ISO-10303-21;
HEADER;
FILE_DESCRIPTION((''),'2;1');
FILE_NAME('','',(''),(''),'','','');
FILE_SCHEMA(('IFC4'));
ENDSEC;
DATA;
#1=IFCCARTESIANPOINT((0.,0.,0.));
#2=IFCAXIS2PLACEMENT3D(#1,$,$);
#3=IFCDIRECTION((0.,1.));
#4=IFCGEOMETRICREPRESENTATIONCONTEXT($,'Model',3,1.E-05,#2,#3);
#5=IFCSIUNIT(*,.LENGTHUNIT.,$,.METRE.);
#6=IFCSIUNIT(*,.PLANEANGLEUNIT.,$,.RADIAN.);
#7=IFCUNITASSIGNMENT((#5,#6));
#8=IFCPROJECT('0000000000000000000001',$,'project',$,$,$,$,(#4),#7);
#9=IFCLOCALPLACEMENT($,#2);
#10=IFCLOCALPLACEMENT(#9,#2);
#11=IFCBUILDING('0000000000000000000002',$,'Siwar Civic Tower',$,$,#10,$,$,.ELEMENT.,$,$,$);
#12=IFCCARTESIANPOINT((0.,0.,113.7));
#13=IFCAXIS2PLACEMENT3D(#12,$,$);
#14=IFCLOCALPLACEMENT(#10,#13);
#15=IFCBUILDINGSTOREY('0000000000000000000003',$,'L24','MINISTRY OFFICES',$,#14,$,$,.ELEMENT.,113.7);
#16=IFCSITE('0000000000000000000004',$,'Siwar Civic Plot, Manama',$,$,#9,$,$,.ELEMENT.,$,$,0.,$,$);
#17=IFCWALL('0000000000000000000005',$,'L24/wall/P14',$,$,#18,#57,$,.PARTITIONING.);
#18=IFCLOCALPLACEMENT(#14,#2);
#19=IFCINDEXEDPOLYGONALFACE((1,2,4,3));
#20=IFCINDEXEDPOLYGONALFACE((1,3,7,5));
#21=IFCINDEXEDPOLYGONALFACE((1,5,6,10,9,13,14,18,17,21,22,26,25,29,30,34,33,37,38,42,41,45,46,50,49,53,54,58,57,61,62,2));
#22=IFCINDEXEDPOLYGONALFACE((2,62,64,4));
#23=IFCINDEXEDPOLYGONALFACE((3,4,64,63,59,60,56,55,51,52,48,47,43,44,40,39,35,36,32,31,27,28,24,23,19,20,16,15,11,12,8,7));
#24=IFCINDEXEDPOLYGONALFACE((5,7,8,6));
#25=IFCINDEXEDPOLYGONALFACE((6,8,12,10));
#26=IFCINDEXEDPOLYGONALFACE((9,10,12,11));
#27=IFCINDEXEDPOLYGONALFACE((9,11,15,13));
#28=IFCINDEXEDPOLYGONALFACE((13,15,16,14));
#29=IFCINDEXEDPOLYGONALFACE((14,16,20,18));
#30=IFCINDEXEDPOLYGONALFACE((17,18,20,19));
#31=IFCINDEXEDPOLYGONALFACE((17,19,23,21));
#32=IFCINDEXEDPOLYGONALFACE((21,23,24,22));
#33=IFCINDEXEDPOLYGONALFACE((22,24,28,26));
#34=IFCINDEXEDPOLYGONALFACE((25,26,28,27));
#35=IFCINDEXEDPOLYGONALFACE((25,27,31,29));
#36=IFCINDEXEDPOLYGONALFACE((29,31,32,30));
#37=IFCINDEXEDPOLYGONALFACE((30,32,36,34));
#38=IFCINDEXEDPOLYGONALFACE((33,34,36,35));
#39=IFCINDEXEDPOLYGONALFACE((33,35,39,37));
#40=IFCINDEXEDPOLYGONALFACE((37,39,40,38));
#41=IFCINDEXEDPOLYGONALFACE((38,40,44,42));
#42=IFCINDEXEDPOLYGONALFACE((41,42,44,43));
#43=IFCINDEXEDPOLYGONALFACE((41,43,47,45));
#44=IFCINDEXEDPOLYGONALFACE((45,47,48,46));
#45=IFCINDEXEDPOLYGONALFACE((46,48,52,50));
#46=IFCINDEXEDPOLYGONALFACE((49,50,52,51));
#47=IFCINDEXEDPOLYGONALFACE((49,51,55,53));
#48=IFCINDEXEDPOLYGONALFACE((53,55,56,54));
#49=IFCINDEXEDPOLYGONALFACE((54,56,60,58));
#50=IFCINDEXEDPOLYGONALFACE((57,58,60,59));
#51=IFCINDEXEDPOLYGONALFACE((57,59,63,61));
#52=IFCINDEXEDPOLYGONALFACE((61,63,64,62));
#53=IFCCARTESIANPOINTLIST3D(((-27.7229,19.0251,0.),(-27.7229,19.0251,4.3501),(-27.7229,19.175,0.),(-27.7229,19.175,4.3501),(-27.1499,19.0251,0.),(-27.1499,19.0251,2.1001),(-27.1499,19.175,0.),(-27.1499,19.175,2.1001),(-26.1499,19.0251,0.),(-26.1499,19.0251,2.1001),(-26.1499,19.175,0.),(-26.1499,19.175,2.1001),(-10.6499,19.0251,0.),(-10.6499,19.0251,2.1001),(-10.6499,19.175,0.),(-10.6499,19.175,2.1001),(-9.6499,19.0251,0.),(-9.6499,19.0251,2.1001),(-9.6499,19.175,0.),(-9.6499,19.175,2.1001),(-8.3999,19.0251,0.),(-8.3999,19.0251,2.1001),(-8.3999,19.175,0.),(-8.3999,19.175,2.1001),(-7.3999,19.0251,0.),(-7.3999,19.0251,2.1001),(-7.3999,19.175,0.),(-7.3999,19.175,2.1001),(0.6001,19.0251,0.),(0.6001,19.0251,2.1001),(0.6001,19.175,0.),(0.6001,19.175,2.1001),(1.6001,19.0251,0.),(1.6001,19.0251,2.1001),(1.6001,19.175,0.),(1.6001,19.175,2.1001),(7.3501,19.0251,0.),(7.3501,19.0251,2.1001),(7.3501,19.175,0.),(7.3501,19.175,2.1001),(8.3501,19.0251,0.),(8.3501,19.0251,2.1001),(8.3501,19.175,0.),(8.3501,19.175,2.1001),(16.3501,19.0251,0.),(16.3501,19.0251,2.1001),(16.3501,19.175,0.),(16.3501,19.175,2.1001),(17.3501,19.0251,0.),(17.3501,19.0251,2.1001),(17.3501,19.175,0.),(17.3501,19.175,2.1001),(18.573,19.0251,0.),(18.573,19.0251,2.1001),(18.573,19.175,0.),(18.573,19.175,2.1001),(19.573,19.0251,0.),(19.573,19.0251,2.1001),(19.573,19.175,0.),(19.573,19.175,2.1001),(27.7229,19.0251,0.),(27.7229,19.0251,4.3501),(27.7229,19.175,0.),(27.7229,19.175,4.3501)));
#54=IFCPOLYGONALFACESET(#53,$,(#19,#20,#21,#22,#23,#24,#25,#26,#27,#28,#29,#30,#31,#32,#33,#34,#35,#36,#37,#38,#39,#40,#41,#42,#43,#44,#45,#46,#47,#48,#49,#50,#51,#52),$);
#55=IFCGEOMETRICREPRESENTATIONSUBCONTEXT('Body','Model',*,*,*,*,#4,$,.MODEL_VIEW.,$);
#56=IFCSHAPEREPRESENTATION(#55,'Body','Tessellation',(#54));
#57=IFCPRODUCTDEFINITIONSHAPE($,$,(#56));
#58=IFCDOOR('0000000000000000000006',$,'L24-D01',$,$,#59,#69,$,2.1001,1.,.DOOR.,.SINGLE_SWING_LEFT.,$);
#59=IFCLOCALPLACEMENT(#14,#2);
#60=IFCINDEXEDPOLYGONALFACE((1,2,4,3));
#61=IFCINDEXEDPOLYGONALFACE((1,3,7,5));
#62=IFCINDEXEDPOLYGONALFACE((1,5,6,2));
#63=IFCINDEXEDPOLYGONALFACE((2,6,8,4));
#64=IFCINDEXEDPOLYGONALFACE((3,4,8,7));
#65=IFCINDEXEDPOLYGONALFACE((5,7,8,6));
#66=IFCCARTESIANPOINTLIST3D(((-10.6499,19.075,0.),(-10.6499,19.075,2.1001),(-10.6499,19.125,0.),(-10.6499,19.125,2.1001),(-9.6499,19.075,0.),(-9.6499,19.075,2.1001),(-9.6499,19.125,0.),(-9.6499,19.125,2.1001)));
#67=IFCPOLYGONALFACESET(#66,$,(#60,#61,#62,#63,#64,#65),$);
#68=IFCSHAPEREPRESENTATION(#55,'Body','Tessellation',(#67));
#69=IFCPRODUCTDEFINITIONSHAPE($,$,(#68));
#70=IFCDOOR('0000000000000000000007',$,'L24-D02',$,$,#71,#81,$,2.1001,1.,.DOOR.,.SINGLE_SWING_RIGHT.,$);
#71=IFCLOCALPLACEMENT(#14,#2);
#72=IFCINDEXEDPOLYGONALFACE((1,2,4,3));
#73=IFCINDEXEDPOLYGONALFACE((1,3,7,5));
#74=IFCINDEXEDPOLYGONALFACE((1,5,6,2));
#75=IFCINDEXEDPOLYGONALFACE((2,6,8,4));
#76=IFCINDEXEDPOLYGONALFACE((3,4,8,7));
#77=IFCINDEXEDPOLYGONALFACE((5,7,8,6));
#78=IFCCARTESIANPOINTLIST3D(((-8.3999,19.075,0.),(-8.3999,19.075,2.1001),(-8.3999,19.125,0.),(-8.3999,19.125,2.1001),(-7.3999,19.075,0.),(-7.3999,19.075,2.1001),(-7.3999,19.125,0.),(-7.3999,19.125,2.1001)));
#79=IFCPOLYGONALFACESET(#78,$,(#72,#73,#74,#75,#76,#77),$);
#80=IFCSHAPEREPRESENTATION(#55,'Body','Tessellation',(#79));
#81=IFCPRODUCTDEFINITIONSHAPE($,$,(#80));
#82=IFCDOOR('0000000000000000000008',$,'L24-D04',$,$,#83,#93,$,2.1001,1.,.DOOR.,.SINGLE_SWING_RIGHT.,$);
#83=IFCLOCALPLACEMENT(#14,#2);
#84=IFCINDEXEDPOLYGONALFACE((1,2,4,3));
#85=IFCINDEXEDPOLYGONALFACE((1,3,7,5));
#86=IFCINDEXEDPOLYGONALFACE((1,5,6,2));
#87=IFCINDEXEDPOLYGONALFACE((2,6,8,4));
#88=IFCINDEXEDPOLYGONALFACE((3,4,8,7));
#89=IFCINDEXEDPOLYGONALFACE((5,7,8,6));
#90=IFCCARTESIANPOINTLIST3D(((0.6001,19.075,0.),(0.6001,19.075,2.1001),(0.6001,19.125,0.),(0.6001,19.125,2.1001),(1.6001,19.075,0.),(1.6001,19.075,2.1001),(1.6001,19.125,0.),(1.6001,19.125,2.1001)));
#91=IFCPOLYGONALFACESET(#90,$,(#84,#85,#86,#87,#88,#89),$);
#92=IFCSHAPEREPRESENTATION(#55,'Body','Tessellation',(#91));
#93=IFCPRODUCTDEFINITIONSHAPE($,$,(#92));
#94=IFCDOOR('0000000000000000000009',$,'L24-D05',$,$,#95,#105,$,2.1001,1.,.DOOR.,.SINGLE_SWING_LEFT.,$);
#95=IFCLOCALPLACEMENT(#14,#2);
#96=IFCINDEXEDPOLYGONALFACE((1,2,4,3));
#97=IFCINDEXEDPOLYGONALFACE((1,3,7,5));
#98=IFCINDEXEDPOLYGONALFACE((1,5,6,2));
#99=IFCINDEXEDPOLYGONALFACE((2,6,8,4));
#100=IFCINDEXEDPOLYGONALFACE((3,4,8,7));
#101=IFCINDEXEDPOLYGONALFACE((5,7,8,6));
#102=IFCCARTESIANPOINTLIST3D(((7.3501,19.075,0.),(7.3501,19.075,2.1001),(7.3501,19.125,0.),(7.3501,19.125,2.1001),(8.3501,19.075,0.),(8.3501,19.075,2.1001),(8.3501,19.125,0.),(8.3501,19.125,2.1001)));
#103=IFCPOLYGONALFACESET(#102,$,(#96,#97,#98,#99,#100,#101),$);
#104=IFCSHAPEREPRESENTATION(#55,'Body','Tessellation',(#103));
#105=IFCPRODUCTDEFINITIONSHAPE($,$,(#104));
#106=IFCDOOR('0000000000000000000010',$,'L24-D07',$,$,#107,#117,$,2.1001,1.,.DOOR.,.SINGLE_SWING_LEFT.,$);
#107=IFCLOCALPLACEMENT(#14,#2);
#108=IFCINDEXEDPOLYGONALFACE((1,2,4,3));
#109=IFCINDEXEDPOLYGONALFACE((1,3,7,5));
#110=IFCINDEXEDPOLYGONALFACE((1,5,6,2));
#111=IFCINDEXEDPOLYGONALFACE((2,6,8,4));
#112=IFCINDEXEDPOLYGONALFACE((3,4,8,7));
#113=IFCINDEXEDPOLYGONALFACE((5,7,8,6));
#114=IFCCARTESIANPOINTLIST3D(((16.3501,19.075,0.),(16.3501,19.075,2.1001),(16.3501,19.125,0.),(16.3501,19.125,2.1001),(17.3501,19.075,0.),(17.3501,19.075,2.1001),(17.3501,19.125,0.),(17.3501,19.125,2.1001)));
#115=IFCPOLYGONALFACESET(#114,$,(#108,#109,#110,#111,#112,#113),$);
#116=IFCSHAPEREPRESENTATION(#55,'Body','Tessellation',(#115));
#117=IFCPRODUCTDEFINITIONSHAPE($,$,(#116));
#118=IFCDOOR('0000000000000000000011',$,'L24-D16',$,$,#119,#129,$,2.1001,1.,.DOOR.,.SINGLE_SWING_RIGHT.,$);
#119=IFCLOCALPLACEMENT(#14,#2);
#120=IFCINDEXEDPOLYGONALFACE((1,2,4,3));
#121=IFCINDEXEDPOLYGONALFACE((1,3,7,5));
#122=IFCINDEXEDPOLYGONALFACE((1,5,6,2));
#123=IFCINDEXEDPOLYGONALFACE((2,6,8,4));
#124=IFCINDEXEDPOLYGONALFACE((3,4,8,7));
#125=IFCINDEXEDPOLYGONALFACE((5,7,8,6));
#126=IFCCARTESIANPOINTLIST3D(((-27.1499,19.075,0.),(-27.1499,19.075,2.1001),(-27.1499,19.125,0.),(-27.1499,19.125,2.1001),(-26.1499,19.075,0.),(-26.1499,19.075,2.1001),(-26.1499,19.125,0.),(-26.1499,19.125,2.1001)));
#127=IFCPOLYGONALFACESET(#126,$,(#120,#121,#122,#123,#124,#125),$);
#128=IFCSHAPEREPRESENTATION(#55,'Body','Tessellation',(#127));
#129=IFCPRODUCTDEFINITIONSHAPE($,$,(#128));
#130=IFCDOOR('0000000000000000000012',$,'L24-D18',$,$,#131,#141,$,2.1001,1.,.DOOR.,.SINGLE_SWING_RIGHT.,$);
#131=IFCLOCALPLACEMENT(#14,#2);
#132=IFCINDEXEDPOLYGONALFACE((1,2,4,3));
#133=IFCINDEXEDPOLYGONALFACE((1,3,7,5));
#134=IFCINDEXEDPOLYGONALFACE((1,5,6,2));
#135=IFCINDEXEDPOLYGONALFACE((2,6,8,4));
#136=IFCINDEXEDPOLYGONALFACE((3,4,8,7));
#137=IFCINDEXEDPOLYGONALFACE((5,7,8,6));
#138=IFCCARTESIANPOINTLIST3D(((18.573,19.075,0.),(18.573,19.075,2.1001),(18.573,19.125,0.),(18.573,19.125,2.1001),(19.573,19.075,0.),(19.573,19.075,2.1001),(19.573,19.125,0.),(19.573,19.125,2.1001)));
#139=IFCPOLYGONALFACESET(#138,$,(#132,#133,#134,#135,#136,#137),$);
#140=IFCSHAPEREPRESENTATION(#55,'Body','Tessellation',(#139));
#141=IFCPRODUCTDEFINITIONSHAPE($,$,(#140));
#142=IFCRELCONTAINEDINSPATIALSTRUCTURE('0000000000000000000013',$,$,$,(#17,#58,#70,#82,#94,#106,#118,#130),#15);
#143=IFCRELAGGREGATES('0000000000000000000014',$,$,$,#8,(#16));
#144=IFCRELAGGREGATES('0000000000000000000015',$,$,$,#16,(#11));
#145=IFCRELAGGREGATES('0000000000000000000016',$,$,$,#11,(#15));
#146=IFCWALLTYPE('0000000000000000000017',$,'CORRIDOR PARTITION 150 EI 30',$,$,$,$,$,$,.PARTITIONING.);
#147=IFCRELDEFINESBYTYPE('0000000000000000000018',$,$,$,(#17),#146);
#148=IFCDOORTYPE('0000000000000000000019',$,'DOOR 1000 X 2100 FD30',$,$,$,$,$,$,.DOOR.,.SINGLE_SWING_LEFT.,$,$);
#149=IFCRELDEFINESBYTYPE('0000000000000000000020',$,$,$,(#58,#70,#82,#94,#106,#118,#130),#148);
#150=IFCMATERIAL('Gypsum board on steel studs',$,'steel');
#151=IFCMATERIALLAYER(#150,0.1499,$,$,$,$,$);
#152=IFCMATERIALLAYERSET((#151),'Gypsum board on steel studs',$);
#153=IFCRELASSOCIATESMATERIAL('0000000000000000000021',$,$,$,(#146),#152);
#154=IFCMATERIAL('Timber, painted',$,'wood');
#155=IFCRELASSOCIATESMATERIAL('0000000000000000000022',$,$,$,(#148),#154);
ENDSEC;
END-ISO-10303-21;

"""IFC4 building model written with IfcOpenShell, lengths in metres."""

from ifc_helpers import new_model, si_unit, direction, frame, frame_2d, origin, place, context, subcontext, project, spatial, rectangle, extrude, material, layer, layer_set, type_object, element, fill, save


model = new_model("IFC4")

# Units and contexts
model_context = context("Model", 3, precision=1e-05, world=origin(), true_north=direction((0.0, 1.0)))
body_context = subcontext(model_context, "Body", "Model", "MODEL_VIEW")
ifc_project = project(units=[si_unit("LENGTHUNIT", "METRE"), si_unit("PLANEANGLEUNIT", "RADIAN")], contexts=[model_context])

# Site, building, storey
site_placement = place(None, origin())
site = spatial("IfcSite", under=ifc_project, at=site_placement, Name="Siwar Civic Plot, Manama", CompositionType="ELEMENT", RefElevation=0.0)
building_placement = place(site_placement, origin())
building = spatial("IfcBuilding", under=site, at=building_placement, Name="Siwar Civic Tower", CompositionType="ELEMENT")
storey_placement = place(building_placement, frame((0.0, 0.0, 113.7)))
storey = spatial("IfcBuildingStorey", under=building, at=storey_placement, Name="L24", Description="MINISTRY OFFICES", CompositionType="ELEMENT", Elevation=113.7)

# Wall, openings, doors
ifc_material_1 = material(Name="Gypsum board on steel studs", Category="steel")
ifc_layer_1 = layer(ifc_material_1, 0.1499)
ifc_layer_set_1 = layer_set([ifc_layer_1], Name="Gypsum board on steel studs")
wall_type_1 = type_object("IfcWallType", Name="CORRIDOR PARTITION 150 EI 30", PredefinedType="PARTITIONING", material=ifc_layer_set_1)
wall_1_placement = place(storey_placement, frame((-27.7229, 19.1001, 0.0), z_axis=(0.0, 0.0, 1.0), x_axis=(1.0, 0.0, 0.0)))
wall_1 = element("IfcWall", 1, at=wall_1_placement, inside=storey, type_object=wall_type_1, Name="L24/wall/P14", PredefinedType="PARTITIONING", context=body_context, shape_type="SweptSolid", body=[
    extrude(rectangle(XDim=55.4458, YDim=0.1499, at=frame_2d((27.7229, 0.0))), origin(), (0.0, 0.0, 1.0), 4.3501),
])
opening_1_placement = place(wall_1_placement, frame((17.073, 0.0, 0.0)))
opening_1 = element("IfcOpeningElement", 2, at=opening_1_placement, cuts=wall_1, PredefinedType="OPENING", context=body_context, shape_type="SweptSolid", body=[
    extrude(rectangle(XDim=1.0, YDim=2.1001, at=frame_2d((0.5, 1.05))), frame((0.0, 0.085, 0.0), z_axis=(0.0, -1.0, 0.0), x_axis=(1.0, 0.0, 0.0)), (0.0, 0.0, 1.0), 0.1699),
])
opening_2_placement = place(wall_1_placement, frame((19.323, 0.0, 0.0)))
opening_2 = element("IfcOpeningElement", 3, at=opening_2_placement, cuts=wall_1, PredefinedType="OPENING", context=body_context, shape_type="SweptSolid", body=[
    extrude(rectangle(XDim=1.0, YDim=2.1001, at=frame_2d((0.5, 1.05))), frame((0.0, 0.085, 0.0), z_axis=(0.0, -1.0, 0.0), x_axis=(1.0, 0.0, 0.0)), (0.0, 0.0, 1.0), 0.1699),
])
opening_3_placement = place(wall_1_placement, frame((28.323, 0.0, 0.0)))
opening_3 = element("IfcOpeningElement", 4, at=opening_3_placement, cuts=wall_1, PredefinedType="OPENING", context=body_context, shape_type="SweptSolid", body=[
    extrude(rectangle(XDim=1.0, YDim=2.1001, at=frame_2d((0.5, 1.05))), frame((0.0, 0.085, 0.0), z_axis=(0.0, -1.0, 0.0), x_axis=(1.0, 0.0, 0.0)), (0.0, 0.0, 1.0), 0.1699),
])
opening_4_placement = place(wall_1_placement, frame((35.073, 0.0, 0.0)))
opening_4 = element("IfcOpeningElement", 5, at=opening_4_placement, cuts=wall_1, PredefinedType="OPENING", context=body_context, shape_type="SweptSolid", body=[
    extrude(rectangle(XDim=1.0, YDim=2.1001, at=frame_2d((0.5, 1.05))), frame((0.0, 0.085, 0.0), z_axis=(0.0, -1.0, 0.0), x_axis=(1.0, 0.0, 0.0)), (0.0, 0.0, 1.0), 0.1699),
])
opening_5_placement = place(wall_1_placement, frame((44.073, 0.0, 0.0)))
opening_5 = element("IfcOpeningElement", 6, at=opening_5_placement, cuts=wall_1, PredefinedType="OPENING", context=body_context, shape_type="SweptSolid", body=[
    extrude(rectangle(XDim=1.0, YDim=2.1001, at=frame_2d((0.5, 1.05))), frame((0.0, 0.085, 0.0), z_axis=(0.0, -1.0, 0.0), x_axis=(1.0, 0.0, 0.0)), (0.0, 0.0, 1.0), 0.1699),
])
opening_6_placement = place(wall_1_placement, frame((0.573, 0.0, 0.0)))
opening_6 = element("IfcOpeningElement", 7, at=opening_6_placement, cuts=wall_1, PredefinedType="OPENING", context=body_context, shape_type="SweptSolid", body=[
    extrude(rectangle(XDim=1.0, YDim=2.1001, at=frame_2d((0.5, 1.05))), frame((0.0, 0.085, 0.0), z_axis=(0.0, -1.0, 0.0), x_axis=(1.0, 0.0, 0.0)), (0.0, 0.0, 1.0), 0.1699),
])
opening_7_placement = place(wall_1_placement, frame((46.2959, 0.0, 0.0)))
opening_7 = element("IfcOpeningElement", 8, at=opening_7_placement, cuts=wall_1, PredefinedType="OPENING", context=body_context, shape_type="SweptSolid", body=[
    extrude(rectangle(XDim=1.0, YDim=2.1001, at=frame_2d((0.5, 1.05))), frame((0.0, 0.085, 0.0), z_axis=(0.0, -1.0, 0.0), x_axis=(1.0, 0.0, 0.0)), (0.0, 0.0, 1.0), 0.1699),
])
ifc_material_2 = material(Name="Timber, painted", Category="wood")
door_type_1 = type_object("IfcDoorType", Name="DOOR 1000 X 2100 FD30", OperationType="SINGLE_SWING_LEFT", PredefinedType="DOOR", material=ifc_material_2)
door_1_placement = place(opening_1_placement, origin())
door_1 = element("IfcDoor", 9, at=door_1_placement, inside=storey, type_object=door_type_1, Name="L24-D01", OperationType="SINGLE_SWING_LEFT", OverallHeight=2.1001, OverallWidth=1.0, PredefinedType="DOOR", context=body_context, shape_type="SweptSolid", body=[
    extrude(rectangle(XDim=1.0, YDim=2.1001, at=frame_2d((0.5, 1.05))), frame((0.0, 0.0249, 0.0), z_axis=(0.0, -1.0, 0.0), x_axis=(1.0, 0.0, 0.0)), (0.0, 0.0, 1.0), 0.05),
])
fill(opening_1, door_1)
door_2_placement = place(opening_2_placement, origin())
door_2 = element("IfcDoor", 10, at=door_2_placement, inside=storey, type_object=door_type_1, Name="L24-D02", OperationType="SINGLE_SWING_RIGHT", OverallHeight=2.1001, OverallWidth=1.0, PredefinedType="DOOR", context=body_context, shape_type="SweptSolid", body=[
    extrude(rectangle(XDim=1.0, YDim=2.1001, at=frame_2d((0.5, 1.05))), frame((0.0, 0.0249, 0.0), z_axis=(0.0, -1.0, 0.0), x_axis=(1.0, 0.0, 0.0)), (0.0, 0.0, 1.0), 0.05),
])
fill(opening_2, door_2)
door_3_placement = place(opening_3_placement, origin())
door_3 = element("IfcDoor", 11, at=door_3_placement, inside=storey, type_object=door_type_1, Name="L24-D04", OperationType="SINGLE_SWING_RIGHT", OverallHeight=2.1001, OverallWidth=1.0, PredefinedType="DOOR", context=body_context, shape_type="SweptSolid", body=[
    extrude(rectangle(XDim=1.0, YDim=2.1001, at=frame_2d((0.5, 1.05))), frame((0.0, 0.0249, 0.0), z_axis=(0.0, -1.0, 0.0), x_axis=(1.0, 0.0, 0.0)), (0.0, 0.0, 1.0), 0.05),
])
fill(opening_3, door_3)
door_4_placement = place(opening_4_placement, origin())
door_4 = element("IfcDoor", 12, at=door_4_placement, inside=storey, type_object=door_type_1, Name="L24-D05", OperationType="SINGLE_SWING_LEFT", OverallHeight=2.1001, OverallWidth=1.0, PredefinedType="DOOR", context=body_context, shape_type="SweptSolid", body=[
    extrude(rectangle(XDim=1.0, YDim=2.1001, at=frame_2d((0.5, 1.05))), frame((0.0, 0.0249, 0.0), z_axis=(0.0, -1.0, 0.0), x_axis=(1.0, 0.0, 0.0)), (0.0, 0.0, 1.0), 0.05),
])
fill(opening_4, door_4)
door_5_placement = place(opening_5_placement, origin())
door_5 = element("IfcDoor", 13, at=door_5_placement, inside=storey, type_object=door_type_1, Name="L24-D07", OperationType="SINGLE_SWING_LEFT", OverallHeight=2.1001, OverallWidth=1.0, PredefinedType="DOOR", context=body_context, shape_type="SweptSolid", body=[
    extrude(rectangle(XDim=1.0, YDim=2.1001, at=frame_2d((0.5, 1.05))), frame((0.0, 0.0249, 0.0), z_axis=(0.0, -1.0, 0.0), x_axis=(1.0, 0.0, 0.0)), (0.0, 0.0, 1.0), 0.05),
])
fill(opening_5, door_5)
door_6_placement = place(opening_6_placement, origin())
door_6 = element("IfcDoor", 14, at=door_6_placement, inside=storey, type_object=door_type_1, Name="L24-D16", OperationType="SINGLE_SWING_RIGHT", OverallHeight=2.1001, OverallWidth=1.0, PredefinedType="DOOR", context=body_context, shape_type="SweptSolid", body=[
    extrude(rectangle(XDim=1.0, YDim=2.1001, at=frame_2d((0.5, 1.05))), frame((0.0, 0.0249, 0.0), z_axis=(0.0, -1.0, 0.0), x_axis=(1.0, 0.0, 0.0)), (0.0, 0.0, 1.0), 0.05),
])
fill(opening_6, door_6)
door_7_placement = place(opening_7_placement, origin())
door_7 = element("IfcDoor", 15, at=door_7_placement, inside=storey, type_object=door_type_1, Name="L24-D18", OperationType="SINGLE_SWING_RIGHT", OverallHeight=2.1001, OverallWidth=1.0, PredefinedType="DOOR", context=body_context, shape_type="SweptSolid", body=[
    extrude(rectangle(XDim=1.0, YDim=2.1001, at=frame_2d((0.5, 1.05))), frame((0.0, 0.0249, 0.0), z_axis=(0.0, -1.0, 0.0), x_axis=(1.0, 0.0, 0.0)), (0.0, 0.0, 1.0), 0.05),
])
fill(opening_7, door_7)

save(model, "model.ifc")
